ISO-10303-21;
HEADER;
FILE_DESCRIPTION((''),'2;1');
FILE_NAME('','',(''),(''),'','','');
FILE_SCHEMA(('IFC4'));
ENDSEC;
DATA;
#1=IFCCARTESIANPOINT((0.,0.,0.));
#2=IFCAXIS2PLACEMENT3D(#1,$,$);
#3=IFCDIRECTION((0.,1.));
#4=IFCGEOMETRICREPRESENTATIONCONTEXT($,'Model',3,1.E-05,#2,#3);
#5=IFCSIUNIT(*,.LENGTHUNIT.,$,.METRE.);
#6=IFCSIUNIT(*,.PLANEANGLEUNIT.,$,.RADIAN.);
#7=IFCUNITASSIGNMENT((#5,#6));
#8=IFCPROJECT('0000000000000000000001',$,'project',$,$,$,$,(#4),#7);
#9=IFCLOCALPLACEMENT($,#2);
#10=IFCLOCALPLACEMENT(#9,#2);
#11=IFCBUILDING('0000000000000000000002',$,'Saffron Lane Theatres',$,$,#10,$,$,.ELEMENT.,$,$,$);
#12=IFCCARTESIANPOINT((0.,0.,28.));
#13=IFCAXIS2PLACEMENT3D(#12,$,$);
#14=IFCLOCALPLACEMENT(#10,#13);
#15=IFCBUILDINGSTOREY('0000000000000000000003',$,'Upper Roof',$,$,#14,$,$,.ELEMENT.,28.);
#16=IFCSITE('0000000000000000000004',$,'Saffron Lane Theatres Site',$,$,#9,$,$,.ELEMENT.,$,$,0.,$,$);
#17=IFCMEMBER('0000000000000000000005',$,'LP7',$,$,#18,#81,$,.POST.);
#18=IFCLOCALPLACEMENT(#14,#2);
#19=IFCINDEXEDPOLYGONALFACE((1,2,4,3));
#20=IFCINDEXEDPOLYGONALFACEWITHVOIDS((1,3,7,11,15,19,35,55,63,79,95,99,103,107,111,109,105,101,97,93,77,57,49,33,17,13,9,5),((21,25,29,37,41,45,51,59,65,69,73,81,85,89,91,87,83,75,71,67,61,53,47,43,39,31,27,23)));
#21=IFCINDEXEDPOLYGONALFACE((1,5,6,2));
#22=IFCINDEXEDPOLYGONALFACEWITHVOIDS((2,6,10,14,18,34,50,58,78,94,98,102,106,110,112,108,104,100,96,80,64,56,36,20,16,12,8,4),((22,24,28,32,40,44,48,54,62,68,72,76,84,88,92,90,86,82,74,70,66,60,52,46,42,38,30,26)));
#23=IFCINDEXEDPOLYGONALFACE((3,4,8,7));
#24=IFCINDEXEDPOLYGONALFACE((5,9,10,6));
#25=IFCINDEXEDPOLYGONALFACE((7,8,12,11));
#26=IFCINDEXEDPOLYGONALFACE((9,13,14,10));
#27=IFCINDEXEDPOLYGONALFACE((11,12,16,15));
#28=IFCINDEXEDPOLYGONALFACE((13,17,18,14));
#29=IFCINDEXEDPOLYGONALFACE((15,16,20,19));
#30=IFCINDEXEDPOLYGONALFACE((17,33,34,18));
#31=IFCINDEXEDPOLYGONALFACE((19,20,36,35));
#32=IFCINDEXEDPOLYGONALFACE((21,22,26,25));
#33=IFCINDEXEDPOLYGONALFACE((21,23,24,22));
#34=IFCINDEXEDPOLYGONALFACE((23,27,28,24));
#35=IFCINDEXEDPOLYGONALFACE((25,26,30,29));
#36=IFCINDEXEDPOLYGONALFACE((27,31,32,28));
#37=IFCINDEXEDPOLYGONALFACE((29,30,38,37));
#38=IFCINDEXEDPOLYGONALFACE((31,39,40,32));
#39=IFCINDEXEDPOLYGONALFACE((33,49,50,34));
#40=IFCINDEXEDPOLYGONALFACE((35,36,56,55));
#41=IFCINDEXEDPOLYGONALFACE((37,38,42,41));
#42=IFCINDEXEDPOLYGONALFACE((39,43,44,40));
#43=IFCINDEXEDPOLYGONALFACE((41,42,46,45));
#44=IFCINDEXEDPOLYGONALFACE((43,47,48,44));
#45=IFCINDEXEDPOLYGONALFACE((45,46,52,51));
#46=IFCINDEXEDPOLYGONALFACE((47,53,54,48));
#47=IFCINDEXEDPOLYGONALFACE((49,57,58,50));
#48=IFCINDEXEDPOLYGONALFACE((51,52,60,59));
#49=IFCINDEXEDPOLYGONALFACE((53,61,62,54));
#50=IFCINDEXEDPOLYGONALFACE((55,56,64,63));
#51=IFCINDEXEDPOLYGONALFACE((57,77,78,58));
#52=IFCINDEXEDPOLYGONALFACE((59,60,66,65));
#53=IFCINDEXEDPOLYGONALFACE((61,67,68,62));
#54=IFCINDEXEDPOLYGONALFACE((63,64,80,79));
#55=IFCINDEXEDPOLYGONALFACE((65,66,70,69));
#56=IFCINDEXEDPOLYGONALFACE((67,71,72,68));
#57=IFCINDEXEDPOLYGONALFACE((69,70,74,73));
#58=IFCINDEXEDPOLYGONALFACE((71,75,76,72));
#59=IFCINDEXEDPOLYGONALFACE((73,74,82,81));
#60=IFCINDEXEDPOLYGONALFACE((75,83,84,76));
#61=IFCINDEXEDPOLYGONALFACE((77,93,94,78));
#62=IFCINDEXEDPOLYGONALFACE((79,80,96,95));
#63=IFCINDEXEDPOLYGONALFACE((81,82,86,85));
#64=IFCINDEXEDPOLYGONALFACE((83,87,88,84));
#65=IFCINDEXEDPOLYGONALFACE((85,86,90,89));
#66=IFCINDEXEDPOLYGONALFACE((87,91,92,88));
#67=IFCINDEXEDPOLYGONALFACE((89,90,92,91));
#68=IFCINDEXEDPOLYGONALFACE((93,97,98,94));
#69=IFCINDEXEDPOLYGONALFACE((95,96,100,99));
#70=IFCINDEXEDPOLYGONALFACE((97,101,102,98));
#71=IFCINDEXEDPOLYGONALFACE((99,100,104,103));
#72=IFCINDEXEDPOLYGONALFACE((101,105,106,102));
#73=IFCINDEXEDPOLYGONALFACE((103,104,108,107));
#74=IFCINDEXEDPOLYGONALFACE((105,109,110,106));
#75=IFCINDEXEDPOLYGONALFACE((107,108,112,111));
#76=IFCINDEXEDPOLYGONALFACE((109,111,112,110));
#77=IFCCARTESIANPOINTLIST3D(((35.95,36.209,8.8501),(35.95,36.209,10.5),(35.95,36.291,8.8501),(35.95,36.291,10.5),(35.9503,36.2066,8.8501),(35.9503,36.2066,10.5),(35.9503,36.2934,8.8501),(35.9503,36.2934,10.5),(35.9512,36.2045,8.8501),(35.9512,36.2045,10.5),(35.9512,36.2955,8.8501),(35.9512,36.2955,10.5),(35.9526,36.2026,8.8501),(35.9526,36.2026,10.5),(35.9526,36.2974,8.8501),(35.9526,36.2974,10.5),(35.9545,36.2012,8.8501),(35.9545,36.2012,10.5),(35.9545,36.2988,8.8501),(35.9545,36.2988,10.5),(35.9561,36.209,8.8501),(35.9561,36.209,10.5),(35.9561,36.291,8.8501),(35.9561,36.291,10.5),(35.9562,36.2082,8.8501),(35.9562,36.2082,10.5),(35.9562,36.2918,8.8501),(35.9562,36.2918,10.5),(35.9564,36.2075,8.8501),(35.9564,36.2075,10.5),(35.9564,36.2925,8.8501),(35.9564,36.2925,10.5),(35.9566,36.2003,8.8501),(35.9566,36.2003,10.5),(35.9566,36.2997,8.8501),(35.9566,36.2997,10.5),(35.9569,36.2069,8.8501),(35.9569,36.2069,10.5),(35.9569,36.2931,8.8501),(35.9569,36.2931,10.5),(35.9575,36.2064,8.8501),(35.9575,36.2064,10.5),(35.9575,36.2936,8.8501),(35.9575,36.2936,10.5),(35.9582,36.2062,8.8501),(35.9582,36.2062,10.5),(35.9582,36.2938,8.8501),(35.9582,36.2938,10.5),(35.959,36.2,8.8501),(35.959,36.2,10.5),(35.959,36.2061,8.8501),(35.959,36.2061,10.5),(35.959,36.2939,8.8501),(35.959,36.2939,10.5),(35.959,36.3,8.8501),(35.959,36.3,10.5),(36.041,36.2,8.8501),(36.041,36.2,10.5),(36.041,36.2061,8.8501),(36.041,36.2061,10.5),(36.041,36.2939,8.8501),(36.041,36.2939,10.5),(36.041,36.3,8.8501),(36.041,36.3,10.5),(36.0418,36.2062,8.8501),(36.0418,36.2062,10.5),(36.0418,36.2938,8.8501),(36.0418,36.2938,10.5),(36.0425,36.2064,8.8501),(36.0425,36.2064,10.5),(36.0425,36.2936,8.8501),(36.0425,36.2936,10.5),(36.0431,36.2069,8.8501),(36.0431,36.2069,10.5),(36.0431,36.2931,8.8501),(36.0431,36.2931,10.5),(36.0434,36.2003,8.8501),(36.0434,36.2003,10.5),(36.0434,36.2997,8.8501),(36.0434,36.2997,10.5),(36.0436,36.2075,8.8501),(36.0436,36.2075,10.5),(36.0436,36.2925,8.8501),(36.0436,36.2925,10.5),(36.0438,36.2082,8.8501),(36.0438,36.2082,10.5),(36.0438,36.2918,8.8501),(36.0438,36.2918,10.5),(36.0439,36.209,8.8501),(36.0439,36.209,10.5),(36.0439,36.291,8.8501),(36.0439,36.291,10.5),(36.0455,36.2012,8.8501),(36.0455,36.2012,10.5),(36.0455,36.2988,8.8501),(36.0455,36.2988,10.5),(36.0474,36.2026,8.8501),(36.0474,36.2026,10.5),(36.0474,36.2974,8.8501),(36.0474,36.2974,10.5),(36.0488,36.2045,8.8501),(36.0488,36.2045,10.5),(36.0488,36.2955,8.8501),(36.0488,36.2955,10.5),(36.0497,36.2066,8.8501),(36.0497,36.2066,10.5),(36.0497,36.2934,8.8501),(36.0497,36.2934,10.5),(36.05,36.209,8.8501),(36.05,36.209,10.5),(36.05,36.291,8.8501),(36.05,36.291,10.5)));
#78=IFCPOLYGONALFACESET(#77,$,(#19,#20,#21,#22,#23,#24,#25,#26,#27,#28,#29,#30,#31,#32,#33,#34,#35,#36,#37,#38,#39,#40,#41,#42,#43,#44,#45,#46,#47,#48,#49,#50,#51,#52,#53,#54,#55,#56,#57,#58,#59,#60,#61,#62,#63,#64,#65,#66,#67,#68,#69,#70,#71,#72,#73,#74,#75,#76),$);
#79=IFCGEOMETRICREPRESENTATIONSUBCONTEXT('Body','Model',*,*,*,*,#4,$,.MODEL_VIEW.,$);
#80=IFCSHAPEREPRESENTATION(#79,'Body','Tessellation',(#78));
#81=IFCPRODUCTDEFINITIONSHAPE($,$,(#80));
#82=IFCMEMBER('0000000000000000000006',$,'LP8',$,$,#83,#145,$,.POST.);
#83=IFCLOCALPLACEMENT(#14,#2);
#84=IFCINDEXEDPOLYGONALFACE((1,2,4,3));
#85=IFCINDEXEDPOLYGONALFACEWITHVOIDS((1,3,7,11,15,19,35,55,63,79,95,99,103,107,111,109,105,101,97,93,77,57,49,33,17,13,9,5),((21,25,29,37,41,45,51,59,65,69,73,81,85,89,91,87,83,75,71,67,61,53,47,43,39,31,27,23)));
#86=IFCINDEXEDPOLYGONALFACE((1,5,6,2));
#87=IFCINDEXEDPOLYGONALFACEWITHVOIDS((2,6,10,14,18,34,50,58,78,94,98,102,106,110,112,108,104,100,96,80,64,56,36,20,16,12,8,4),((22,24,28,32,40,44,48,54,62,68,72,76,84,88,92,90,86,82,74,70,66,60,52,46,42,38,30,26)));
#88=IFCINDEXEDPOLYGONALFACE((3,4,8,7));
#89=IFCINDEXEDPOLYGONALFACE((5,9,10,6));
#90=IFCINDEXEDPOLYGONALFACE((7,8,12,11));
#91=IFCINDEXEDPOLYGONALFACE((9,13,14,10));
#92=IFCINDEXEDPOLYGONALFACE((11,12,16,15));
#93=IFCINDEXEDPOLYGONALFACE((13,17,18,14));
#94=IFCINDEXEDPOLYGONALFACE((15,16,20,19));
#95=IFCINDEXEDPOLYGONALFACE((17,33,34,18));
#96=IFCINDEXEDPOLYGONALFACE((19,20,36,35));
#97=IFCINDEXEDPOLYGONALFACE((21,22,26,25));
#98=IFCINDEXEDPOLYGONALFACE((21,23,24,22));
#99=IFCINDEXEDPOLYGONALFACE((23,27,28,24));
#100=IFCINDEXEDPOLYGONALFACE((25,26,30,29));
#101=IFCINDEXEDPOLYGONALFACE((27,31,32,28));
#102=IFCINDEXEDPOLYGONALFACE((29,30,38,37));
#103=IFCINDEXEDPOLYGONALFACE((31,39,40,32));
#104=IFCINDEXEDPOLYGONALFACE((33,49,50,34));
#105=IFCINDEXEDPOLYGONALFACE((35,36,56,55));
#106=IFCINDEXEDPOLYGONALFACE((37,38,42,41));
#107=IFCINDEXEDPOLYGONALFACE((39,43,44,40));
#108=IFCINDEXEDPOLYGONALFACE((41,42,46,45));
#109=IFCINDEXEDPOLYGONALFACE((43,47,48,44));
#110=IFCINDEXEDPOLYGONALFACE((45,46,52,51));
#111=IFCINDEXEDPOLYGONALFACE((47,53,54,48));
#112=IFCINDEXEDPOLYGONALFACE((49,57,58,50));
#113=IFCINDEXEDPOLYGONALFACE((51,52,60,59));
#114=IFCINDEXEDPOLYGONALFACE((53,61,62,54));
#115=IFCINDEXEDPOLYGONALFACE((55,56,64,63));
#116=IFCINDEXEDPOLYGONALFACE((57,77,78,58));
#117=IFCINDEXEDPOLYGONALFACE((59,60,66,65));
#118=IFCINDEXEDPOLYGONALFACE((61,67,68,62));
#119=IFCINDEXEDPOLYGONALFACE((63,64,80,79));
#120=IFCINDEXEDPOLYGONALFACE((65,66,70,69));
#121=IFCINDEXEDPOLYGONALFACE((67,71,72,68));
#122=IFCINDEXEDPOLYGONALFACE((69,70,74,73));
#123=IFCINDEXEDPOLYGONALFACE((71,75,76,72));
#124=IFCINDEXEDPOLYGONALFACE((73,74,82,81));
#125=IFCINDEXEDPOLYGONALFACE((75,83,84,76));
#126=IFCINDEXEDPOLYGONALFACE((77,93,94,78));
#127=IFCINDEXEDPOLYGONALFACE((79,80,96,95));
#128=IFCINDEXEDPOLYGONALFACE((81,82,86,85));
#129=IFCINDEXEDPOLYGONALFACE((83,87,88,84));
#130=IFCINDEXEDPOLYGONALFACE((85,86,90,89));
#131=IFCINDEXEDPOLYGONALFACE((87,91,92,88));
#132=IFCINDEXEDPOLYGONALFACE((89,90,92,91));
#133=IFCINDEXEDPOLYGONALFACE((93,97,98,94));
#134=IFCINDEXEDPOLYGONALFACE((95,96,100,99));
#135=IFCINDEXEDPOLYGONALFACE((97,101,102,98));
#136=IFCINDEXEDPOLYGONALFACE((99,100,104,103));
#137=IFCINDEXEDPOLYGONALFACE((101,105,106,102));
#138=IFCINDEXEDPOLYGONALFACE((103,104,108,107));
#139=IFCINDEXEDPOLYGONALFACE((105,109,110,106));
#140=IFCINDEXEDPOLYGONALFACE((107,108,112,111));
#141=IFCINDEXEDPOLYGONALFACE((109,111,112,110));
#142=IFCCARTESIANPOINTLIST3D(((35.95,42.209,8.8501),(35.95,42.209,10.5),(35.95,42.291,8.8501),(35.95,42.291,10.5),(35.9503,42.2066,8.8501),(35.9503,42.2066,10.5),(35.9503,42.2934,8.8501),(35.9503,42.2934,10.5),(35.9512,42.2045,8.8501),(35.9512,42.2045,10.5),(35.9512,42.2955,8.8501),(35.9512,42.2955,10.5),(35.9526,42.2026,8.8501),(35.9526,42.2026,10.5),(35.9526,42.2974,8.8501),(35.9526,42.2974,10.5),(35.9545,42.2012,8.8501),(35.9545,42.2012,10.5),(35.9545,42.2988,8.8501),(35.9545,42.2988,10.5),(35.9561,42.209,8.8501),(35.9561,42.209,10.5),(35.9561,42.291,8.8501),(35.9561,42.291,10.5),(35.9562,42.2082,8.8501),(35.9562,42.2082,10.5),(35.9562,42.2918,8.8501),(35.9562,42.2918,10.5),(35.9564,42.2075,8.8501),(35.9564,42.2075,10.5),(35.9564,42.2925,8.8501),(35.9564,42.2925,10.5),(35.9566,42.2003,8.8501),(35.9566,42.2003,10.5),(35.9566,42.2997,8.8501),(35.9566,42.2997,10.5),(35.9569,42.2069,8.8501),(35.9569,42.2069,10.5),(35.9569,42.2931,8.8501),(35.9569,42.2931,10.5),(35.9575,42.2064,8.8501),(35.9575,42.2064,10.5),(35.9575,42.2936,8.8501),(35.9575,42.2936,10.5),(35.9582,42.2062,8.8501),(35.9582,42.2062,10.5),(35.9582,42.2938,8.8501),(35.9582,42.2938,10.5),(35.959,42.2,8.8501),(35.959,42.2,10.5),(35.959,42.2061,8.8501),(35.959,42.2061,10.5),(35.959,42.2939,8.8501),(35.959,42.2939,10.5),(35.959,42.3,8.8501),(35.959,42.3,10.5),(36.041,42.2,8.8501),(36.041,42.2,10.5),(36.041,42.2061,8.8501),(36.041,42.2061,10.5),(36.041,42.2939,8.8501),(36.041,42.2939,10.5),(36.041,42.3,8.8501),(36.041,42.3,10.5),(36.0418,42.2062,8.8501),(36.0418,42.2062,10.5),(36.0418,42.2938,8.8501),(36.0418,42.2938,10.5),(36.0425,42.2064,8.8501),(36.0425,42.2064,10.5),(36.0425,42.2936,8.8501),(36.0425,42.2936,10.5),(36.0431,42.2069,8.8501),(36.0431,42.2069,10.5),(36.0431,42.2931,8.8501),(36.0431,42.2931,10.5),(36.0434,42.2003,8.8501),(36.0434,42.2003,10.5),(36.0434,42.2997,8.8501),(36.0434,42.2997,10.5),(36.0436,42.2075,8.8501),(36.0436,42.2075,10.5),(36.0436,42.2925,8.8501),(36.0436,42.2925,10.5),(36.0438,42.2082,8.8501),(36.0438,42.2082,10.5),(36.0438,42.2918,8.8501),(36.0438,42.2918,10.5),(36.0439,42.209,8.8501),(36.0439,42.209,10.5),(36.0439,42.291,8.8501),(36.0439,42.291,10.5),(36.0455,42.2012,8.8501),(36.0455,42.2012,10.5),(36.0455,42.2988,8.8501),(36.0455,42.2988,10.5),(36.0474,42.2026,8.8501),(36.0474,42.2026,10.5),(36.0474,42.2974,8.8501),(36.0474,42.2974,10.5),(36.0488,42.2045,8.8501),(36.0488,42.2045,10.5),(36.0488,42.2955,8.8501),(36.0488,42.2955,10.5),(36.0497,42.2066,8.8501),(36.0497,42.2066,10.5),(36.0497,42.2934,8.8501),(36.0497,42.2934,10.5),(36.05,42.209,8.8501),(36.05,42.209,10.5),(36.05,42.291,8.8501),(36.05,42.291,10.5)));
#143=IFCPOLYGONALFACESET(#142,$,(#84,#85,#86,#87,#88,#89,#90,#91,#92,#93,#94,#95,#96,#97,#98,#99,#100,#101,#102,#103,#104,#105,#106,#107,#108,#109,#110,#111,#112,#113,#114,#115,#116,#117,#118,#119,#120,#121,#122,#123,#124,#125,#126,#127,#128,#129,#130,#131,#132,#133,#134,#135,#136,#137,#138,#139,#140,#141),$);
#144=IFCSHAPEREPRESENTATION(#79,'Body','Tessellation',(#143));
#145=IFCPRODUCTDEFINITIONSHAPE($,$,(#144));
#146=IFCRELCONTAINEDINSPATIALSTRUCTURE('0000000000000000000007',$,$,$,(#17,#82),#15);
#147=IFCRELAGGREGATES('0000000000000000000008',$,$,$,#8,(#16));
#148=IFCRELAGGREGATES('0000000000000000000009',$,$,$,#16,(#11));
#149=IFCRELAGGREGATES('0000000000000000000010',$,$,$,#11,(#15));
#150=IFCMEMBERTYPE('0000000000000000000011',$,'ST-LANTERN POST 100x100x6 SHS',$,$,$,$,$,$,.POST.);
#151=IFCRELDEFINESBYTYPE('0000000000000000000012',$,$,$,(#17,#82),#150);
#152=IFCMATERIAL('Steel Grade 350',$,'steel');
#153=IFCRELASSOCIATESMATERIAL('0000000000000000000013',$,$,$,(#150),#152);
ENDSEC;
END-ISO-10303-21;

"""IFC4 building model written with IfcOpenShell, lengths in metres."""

from ifc_helpers import new_model, si_unit, direction, frame, origin, origin_2d, place, context, subcontext, project, spatial, hollow_rectangle, extrude, material, material_profile, profile_set, type_object, element, save


model = new_model("IFC4")

# Units and contexts
model_context = context("Model", 3, precision=1e-05, world=origin(), true_north=direction((0.0, 1.0)))
body_context = subcontext(model_context, "Body", "Model", "MODEL_VIEW")
ifc_project = project(units=[si_unit("LENGTHUNIT", "METRE"), si_unit("PLANEANGLEUNIT", "RADIAN")], contexts=[model_context])

# Site, building, storey
site_placement = place(None, origin())
site = spatial("IfcSite", under=ifc_project, at=site_placement, Name="Saffron Lane Theatres Site", CompositionType="ELEMENT", RefElevation=0.0)
building_placement = place(site_placement, origin())
building = spatial("IfcBuilding", under=site, at=building_placement, Name="Saffron Lane Theatres", CompositionType="ELEMENT")
storey_placement = place(building_placement, frame((0.0, 0.0, 28.0)))
storey = spatial("IfcBuildingStorey", under=building, at=storey_placement, Name="Upper Roof", CompositionType="ELEMENT", Elevation=28.0)

# Members
ifc_material_1 = material(Name="Steel Grade 350", Category="steel")
ifc_material_profile_1 = material_profile(ifc_material_1, hollow_rectangle(XDim=0.1001, YDim=0.1001, WallThickness=0.0061, InnerFilletRadius=0.0029, OuterFilletRadius=0.009, at=origin_2d()))
ifc_profile_set_1 = profile_set([ifc_material_profile_1], Name="Steel Grade 350")
member_type_1 = type_object("IfcMemberType", Name="ST-LANTERN POST 100x100x6 SHS", PredefinedType="POST", material=ifc_profile_set_1)
for number, where, z_axis, x_axis, name in (
    (1, (36.0, 36.25, 8.8501), (0.0, 0.0, 1.0), (1.0, 0.0, 0.0), "LP7"),
    (2, (36.0, 42.25, 8.8501), (0.0, 0.0, 1.0), (1.0, 0.0, 0.0), "LP8"),
):
    element("IfcMember", number, at=place(storey_placement, frame(where, z_axis=z_axis, x_axis=x_axis)), inside=storey, type_object=member_type_1, Name=name, PredefinedType="POST", context=body_context, shape_type="SweptSolid", body=[
        extrude(hollow_rectangle(XDim=0.1001, YDim=0.1001, WallThickness=0.0061, InnerFilletRadius=0.0029, OuterFilletRadius=0.009, at=origin_2d()), origin(), (0.0, 0.0, 1.0), 1.6499),
    ])

save(model, "model.ifc")
